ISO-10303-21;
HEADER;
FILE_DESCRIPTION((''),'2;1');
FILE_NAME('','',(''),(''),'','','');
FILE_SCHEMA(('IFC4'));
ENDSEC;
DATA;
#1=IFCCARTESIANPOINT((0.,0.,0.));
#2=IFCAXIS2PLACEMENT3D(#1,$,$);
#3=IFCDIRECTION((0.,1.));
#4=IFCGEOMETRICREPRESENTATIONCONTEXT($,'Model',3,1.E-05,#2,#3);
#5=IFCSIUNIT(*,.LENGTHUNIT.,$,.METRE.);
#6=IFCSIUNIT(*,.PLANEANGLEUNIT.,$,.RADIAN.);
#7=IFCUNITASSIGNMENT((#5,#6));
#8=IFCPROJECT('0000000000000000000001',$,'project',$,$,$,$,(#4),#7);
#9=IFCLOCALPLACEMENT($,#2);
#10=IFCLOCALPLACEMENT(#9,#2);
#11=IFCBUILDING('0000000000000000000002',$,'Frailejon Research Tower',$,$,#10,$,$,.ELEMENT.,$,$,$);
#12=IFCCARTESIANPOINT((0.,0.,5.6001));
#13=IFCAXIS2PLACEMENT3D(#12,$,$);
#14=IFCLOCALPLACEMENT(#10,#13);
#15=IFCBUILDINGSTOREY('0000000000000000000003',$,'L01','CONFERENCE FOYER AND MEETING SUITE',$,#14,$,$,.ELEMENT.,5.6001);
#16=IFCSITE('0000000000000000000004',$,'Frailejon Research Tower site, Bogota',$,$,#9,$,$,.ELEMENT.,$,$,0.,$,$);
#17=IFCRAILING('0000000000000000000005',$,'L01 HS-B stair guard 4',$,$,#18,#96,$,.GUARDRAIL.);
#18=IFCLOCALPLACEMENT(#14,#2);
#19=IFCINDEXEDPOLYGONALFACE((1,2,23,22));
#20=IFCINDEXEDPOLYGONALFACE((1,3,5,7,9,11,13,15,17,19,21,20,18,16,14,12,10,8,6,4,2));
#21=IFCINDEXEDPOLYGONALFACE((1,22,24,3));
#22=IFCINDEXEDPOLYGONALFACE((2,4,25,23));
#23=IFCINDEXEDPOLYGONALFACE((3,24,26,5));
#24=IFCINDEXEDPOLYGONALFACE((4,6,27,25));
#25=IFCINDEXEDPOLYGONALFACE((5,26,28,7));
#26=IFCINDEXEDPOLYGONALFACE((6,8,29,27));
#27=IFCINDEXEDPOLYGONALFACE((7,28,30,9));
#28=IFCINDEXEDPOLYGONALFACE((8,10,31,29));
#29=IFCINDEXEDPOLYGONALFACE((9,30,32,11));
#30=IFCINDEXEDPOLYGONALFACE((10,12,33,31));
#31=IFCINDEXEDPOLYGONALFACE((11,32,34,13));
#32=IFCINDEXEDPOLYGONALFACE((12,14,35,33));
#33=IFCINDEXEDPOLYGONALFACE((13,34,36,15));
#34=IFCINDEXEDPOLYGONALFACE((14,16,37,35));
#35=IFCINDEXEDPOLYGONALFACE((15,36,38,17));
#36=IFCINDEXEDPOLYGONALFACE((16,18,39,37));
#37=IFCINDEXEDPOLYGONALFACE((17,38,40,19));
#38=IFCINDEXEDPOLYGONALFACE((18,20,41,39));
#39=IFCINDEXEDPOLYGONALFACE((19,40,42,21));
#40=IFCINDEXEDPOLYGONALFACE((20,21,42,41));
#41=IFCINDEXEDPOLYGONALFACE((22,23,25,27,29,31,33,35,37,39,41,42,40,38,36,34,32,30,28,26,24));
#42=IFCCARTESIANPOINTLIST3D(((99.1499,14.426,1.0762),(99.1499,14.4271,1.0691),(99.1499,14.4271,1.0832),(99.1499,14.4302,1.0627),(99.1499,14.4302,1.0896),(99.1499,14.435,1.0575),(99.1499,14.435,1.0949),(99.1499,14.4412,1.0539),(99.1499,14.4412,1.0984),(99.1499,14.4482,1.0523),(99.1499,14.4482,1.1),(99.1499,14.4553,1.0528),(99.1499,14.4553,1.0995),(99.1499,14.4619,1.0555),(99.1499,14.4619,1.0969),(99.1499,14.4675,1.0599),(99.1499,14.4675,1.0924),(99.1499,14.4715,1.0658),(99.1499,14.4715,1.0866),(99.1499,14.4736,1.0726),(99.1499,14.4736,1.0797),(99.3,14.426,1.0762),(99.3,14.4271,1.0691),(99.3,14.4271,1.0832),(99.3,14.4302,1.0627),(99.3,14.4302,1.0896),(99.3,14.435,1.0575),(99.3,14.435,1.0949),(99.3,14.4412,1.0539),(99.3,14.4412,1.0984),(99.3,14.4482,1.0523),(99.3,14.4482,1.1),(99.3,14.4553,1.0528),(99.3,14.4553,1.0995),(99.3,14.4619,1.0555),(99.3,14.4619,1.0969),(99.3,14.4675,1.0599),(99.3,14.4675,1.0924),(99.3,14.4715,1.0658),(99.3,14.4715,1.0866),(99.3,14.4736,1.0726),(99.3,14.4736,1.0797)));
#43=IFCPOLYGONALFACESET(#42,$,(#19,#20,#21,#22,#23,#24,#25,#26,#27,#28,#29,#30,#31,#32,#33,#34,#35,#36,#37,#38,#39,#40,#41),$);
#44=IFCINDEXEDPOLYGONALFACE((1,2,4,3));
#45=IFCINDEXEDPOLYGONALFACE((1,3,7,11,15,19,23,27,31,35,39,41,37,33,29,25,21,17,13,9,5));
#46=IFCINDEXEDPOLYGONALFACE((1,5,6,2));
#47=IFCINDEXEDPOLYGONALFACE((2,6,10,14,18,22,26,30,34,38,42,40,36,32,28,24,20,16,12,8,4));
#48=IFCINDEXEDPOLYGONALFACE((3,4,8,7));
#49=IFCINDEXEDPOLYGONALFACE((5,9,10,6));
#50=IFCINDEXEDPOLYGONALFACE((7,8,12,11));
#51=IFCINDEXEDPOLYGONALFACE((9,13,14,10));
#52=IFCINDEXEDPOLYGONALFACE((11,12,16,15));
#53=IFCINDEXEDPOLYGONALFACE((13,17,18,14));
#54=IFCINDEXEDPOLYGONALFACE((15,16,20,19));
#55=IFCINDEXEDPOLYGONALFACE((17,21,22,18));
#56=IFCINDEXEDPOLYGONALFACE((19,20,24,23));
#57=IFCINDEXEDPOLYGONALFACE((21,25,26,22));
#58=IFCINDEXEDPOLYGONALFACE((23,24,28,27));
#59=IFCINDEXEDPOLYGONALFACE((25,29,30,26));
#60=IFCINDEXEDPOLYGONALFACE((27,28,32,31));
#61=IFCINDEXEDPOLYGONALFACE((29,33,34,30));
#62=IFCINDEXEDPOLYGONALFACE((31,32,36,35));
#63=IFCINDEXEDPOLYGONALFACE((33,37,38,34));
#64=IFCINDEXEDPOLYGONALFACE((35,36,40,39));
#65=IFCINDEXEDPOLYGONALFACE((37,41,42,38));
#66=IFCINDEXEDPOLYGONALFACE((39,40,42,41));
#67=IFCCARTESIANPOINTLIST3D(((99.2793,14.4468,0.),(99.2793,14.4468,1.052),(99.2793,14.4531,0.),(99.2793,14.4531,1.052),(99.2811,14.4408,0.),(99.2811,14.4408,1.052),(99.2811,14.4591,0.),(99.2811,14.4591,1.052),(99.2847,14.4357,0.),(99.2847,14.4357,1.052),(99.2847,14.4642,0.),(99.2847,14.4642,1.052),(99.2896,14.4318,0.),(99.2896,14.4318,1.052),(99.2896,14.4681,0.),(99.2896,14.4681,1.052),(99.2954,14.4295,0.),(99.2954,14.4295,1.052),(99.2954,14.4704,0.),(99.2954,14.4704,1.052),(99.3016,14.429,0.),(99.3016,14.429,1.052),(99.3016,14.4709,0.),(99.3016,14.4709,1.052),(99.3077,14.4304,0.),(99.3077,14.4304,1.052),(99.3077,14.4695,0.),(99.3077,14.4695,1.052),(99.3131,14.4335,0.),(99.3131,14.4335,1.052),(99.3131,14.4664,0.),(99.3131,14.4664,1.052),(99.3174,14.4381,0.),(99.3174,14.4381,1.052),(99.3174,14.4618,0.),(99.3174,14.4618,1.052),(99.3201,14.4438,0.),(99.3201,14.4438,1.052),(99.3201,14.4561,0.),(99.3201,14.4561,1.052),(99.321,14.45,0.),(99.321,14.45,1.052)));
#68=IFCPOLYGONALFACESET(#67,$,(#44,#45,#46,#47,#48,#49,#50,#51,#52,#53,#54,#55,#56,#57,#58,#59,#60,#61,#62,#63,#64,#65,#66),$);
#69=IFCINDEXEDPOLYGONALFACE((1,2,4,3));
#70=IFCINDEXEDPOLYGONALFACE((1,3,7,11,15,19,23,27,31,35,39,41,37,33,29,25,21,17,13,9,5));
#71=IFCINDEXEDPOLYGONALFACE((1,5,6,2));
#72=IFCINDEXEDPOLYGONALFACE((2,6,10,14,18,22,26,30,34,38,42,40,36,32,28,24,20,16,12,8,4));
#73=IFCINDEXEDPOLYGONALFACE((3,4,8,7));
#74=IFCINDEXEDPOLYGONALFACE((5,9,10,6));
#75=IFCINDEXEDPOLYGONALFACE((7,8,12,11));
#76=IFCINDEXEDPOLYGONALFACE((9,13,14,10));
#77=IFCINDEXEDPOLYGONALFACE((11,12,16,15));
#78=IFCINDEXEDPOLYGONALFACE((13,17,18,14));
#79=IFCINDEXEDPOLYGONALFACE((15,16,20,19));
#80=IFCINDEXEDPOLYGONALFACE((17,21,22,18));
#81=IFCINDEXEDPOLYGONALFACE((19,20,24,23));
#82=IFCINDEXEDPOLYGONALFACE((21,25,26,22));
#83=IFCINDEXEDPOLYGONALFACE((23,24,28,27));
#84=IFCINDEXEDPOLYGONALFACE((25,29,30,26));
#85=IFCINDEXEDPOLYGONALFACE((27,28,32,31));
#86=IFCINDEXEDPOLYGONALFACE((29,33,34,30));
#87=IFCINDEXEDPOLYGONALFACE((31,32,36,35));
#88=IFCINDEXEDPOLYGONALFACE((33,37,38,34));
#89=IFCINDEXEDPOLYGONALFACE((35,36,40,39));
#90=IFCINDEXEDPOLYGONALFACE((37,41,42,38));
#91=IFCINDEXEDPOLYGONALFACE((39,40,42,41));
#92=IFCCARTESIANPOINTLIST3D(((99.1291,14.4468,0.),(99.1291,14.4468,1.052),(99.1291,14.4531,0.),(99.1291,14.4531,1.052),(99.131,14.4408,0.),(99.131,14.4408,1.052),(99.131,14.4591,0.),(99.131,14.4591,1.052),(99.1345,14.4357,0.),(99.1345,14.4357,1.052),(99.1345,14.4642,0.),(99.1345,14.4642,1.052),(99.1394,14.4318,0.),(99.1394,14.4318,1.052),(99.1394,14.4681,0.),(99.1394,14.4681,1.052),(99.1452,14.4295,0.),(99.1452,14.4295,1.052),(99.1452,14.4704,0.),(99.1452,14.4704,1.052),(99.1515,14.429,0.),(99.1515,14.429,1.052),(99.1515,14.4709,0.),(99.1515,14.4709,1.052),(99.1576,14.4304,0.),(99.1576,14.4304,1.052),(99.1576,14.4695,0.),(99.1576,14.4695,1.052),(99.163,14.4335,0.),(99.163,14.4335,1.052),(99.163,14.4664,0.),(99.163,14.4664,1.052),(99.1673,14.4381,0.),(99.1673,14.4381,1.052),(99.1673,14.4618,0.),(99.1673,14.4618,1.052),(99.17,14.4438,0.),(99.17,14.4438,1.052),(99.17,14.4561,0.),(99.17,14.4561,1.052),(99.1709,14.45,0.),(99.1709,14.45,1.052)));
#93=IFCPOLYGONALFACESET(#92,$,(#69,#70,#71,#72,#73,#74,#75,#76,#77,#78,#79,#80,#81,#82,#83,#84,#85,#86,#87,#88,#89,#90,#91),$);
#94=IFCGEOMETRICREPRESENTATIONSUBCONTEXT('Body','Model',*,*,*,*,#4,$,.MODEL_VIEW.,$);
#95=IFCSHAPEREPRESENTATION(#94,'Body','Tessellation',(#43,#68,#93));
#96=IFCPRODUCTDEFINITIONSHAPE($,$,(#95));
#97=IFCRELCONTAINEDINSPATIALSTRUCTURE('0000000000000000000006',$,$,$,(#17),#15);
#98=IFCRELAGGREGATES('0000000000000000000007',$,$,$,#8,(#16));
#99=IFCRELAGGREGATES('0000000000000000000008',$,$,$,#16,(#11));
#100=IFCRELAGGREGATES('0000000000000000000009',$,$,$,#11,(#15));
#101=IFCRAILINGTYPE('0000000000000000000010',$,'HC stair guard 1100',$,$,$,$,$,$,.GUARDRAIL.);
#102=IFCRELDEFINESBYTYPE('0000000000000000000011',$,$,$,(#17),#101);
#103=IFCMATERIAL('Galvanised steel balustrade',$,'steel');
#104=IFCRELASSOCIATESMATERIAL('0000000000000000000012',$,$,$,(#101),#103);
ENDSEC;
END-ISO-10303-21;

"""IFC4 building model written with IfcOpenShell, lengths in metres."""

from ifc_helpers import new_model, si_unit, direction, frame, origin, origin_2d, place, context, subcontext, project, spatial, circle, extrude, material, type_object, element, save


model = new_model("IFC4")

# Units and contexts
model_context = context("Model", 3, precision=1e-05, world=origin(), true_north=direction((0.0, 1.0)))
body_context = subcontext(model_context, "Body", "Model", "MODEL_VIEW")
ifc_project = project(units=[si_unit("LENGTHUNIT", "METRE"), si_unit("PLANEANGLEUNIT", "RADIAN")], contexts=[model_context])

# Site, building, storey
site_placement = place(None, origin())
site = spatial("IfcSite", under=ifc_project, at=site_placement, Name="Frailejon Research Tower site, Bogota", CompositionType="ELEMENT", RefElevation=0.0)
building_placement = place(site_placement, origin())
building = spatial("IfcBuilding", under=site, at=building_placement, Name="Frailejon Research Tower", CompositionType="ELEMENT")
storey_placement = place(building_placement, frame((0.0, 0.0, 5.6001)))
storey = spatial("IfcBuildingStorey", under=building, at=storey_placement, Name="L01", Description="CONFERENCE FOYER AND MEETING SUITE", CompositionType="ELEMENT", Elevation=5.6001)

# Railing
ifc_material_1 = material(Name="Galvanised steel balustrade", Category="steel")
railing_type_1 = type_object("IfcRailingType", Name="HC stair guard 1100", PredefinedType="GUARDRAIL", material=ifc_material_1)
railing_1_placement = place(storey_placement, frame((99.3, 14.45, 0.0)))
element("IfcRailing", 1, at=railing_1_placement, inside=storey, type_object=railing_type_1, Name="L01 HS-B stair guard 4", PredefinedType="GUARDRAIL", context=body_context, shape_type="SweptSolid", body=[
    extrude(circle(Radius=0.0239, at=origin_2d()), frame((0.0, 0.0, 1.0762), z_axis=(-1.0, 0.0, 0.0), x_axis=(0.0, -1.0, 0.0)), (0.0, 0.0, 1.0), 0.1501),
    extrude(circle(Radius=0.021, at=origin_2d()), origin(), (0.0, 0.0, 1.0), 1.052),
    extrude(circle(Radius=0.021, at=origin_2d()), frame((-0.1501, 0.0, 0.0)), (0.0, 0.0, 1.0), 1.052),
])

save(model, "model.ifc")
